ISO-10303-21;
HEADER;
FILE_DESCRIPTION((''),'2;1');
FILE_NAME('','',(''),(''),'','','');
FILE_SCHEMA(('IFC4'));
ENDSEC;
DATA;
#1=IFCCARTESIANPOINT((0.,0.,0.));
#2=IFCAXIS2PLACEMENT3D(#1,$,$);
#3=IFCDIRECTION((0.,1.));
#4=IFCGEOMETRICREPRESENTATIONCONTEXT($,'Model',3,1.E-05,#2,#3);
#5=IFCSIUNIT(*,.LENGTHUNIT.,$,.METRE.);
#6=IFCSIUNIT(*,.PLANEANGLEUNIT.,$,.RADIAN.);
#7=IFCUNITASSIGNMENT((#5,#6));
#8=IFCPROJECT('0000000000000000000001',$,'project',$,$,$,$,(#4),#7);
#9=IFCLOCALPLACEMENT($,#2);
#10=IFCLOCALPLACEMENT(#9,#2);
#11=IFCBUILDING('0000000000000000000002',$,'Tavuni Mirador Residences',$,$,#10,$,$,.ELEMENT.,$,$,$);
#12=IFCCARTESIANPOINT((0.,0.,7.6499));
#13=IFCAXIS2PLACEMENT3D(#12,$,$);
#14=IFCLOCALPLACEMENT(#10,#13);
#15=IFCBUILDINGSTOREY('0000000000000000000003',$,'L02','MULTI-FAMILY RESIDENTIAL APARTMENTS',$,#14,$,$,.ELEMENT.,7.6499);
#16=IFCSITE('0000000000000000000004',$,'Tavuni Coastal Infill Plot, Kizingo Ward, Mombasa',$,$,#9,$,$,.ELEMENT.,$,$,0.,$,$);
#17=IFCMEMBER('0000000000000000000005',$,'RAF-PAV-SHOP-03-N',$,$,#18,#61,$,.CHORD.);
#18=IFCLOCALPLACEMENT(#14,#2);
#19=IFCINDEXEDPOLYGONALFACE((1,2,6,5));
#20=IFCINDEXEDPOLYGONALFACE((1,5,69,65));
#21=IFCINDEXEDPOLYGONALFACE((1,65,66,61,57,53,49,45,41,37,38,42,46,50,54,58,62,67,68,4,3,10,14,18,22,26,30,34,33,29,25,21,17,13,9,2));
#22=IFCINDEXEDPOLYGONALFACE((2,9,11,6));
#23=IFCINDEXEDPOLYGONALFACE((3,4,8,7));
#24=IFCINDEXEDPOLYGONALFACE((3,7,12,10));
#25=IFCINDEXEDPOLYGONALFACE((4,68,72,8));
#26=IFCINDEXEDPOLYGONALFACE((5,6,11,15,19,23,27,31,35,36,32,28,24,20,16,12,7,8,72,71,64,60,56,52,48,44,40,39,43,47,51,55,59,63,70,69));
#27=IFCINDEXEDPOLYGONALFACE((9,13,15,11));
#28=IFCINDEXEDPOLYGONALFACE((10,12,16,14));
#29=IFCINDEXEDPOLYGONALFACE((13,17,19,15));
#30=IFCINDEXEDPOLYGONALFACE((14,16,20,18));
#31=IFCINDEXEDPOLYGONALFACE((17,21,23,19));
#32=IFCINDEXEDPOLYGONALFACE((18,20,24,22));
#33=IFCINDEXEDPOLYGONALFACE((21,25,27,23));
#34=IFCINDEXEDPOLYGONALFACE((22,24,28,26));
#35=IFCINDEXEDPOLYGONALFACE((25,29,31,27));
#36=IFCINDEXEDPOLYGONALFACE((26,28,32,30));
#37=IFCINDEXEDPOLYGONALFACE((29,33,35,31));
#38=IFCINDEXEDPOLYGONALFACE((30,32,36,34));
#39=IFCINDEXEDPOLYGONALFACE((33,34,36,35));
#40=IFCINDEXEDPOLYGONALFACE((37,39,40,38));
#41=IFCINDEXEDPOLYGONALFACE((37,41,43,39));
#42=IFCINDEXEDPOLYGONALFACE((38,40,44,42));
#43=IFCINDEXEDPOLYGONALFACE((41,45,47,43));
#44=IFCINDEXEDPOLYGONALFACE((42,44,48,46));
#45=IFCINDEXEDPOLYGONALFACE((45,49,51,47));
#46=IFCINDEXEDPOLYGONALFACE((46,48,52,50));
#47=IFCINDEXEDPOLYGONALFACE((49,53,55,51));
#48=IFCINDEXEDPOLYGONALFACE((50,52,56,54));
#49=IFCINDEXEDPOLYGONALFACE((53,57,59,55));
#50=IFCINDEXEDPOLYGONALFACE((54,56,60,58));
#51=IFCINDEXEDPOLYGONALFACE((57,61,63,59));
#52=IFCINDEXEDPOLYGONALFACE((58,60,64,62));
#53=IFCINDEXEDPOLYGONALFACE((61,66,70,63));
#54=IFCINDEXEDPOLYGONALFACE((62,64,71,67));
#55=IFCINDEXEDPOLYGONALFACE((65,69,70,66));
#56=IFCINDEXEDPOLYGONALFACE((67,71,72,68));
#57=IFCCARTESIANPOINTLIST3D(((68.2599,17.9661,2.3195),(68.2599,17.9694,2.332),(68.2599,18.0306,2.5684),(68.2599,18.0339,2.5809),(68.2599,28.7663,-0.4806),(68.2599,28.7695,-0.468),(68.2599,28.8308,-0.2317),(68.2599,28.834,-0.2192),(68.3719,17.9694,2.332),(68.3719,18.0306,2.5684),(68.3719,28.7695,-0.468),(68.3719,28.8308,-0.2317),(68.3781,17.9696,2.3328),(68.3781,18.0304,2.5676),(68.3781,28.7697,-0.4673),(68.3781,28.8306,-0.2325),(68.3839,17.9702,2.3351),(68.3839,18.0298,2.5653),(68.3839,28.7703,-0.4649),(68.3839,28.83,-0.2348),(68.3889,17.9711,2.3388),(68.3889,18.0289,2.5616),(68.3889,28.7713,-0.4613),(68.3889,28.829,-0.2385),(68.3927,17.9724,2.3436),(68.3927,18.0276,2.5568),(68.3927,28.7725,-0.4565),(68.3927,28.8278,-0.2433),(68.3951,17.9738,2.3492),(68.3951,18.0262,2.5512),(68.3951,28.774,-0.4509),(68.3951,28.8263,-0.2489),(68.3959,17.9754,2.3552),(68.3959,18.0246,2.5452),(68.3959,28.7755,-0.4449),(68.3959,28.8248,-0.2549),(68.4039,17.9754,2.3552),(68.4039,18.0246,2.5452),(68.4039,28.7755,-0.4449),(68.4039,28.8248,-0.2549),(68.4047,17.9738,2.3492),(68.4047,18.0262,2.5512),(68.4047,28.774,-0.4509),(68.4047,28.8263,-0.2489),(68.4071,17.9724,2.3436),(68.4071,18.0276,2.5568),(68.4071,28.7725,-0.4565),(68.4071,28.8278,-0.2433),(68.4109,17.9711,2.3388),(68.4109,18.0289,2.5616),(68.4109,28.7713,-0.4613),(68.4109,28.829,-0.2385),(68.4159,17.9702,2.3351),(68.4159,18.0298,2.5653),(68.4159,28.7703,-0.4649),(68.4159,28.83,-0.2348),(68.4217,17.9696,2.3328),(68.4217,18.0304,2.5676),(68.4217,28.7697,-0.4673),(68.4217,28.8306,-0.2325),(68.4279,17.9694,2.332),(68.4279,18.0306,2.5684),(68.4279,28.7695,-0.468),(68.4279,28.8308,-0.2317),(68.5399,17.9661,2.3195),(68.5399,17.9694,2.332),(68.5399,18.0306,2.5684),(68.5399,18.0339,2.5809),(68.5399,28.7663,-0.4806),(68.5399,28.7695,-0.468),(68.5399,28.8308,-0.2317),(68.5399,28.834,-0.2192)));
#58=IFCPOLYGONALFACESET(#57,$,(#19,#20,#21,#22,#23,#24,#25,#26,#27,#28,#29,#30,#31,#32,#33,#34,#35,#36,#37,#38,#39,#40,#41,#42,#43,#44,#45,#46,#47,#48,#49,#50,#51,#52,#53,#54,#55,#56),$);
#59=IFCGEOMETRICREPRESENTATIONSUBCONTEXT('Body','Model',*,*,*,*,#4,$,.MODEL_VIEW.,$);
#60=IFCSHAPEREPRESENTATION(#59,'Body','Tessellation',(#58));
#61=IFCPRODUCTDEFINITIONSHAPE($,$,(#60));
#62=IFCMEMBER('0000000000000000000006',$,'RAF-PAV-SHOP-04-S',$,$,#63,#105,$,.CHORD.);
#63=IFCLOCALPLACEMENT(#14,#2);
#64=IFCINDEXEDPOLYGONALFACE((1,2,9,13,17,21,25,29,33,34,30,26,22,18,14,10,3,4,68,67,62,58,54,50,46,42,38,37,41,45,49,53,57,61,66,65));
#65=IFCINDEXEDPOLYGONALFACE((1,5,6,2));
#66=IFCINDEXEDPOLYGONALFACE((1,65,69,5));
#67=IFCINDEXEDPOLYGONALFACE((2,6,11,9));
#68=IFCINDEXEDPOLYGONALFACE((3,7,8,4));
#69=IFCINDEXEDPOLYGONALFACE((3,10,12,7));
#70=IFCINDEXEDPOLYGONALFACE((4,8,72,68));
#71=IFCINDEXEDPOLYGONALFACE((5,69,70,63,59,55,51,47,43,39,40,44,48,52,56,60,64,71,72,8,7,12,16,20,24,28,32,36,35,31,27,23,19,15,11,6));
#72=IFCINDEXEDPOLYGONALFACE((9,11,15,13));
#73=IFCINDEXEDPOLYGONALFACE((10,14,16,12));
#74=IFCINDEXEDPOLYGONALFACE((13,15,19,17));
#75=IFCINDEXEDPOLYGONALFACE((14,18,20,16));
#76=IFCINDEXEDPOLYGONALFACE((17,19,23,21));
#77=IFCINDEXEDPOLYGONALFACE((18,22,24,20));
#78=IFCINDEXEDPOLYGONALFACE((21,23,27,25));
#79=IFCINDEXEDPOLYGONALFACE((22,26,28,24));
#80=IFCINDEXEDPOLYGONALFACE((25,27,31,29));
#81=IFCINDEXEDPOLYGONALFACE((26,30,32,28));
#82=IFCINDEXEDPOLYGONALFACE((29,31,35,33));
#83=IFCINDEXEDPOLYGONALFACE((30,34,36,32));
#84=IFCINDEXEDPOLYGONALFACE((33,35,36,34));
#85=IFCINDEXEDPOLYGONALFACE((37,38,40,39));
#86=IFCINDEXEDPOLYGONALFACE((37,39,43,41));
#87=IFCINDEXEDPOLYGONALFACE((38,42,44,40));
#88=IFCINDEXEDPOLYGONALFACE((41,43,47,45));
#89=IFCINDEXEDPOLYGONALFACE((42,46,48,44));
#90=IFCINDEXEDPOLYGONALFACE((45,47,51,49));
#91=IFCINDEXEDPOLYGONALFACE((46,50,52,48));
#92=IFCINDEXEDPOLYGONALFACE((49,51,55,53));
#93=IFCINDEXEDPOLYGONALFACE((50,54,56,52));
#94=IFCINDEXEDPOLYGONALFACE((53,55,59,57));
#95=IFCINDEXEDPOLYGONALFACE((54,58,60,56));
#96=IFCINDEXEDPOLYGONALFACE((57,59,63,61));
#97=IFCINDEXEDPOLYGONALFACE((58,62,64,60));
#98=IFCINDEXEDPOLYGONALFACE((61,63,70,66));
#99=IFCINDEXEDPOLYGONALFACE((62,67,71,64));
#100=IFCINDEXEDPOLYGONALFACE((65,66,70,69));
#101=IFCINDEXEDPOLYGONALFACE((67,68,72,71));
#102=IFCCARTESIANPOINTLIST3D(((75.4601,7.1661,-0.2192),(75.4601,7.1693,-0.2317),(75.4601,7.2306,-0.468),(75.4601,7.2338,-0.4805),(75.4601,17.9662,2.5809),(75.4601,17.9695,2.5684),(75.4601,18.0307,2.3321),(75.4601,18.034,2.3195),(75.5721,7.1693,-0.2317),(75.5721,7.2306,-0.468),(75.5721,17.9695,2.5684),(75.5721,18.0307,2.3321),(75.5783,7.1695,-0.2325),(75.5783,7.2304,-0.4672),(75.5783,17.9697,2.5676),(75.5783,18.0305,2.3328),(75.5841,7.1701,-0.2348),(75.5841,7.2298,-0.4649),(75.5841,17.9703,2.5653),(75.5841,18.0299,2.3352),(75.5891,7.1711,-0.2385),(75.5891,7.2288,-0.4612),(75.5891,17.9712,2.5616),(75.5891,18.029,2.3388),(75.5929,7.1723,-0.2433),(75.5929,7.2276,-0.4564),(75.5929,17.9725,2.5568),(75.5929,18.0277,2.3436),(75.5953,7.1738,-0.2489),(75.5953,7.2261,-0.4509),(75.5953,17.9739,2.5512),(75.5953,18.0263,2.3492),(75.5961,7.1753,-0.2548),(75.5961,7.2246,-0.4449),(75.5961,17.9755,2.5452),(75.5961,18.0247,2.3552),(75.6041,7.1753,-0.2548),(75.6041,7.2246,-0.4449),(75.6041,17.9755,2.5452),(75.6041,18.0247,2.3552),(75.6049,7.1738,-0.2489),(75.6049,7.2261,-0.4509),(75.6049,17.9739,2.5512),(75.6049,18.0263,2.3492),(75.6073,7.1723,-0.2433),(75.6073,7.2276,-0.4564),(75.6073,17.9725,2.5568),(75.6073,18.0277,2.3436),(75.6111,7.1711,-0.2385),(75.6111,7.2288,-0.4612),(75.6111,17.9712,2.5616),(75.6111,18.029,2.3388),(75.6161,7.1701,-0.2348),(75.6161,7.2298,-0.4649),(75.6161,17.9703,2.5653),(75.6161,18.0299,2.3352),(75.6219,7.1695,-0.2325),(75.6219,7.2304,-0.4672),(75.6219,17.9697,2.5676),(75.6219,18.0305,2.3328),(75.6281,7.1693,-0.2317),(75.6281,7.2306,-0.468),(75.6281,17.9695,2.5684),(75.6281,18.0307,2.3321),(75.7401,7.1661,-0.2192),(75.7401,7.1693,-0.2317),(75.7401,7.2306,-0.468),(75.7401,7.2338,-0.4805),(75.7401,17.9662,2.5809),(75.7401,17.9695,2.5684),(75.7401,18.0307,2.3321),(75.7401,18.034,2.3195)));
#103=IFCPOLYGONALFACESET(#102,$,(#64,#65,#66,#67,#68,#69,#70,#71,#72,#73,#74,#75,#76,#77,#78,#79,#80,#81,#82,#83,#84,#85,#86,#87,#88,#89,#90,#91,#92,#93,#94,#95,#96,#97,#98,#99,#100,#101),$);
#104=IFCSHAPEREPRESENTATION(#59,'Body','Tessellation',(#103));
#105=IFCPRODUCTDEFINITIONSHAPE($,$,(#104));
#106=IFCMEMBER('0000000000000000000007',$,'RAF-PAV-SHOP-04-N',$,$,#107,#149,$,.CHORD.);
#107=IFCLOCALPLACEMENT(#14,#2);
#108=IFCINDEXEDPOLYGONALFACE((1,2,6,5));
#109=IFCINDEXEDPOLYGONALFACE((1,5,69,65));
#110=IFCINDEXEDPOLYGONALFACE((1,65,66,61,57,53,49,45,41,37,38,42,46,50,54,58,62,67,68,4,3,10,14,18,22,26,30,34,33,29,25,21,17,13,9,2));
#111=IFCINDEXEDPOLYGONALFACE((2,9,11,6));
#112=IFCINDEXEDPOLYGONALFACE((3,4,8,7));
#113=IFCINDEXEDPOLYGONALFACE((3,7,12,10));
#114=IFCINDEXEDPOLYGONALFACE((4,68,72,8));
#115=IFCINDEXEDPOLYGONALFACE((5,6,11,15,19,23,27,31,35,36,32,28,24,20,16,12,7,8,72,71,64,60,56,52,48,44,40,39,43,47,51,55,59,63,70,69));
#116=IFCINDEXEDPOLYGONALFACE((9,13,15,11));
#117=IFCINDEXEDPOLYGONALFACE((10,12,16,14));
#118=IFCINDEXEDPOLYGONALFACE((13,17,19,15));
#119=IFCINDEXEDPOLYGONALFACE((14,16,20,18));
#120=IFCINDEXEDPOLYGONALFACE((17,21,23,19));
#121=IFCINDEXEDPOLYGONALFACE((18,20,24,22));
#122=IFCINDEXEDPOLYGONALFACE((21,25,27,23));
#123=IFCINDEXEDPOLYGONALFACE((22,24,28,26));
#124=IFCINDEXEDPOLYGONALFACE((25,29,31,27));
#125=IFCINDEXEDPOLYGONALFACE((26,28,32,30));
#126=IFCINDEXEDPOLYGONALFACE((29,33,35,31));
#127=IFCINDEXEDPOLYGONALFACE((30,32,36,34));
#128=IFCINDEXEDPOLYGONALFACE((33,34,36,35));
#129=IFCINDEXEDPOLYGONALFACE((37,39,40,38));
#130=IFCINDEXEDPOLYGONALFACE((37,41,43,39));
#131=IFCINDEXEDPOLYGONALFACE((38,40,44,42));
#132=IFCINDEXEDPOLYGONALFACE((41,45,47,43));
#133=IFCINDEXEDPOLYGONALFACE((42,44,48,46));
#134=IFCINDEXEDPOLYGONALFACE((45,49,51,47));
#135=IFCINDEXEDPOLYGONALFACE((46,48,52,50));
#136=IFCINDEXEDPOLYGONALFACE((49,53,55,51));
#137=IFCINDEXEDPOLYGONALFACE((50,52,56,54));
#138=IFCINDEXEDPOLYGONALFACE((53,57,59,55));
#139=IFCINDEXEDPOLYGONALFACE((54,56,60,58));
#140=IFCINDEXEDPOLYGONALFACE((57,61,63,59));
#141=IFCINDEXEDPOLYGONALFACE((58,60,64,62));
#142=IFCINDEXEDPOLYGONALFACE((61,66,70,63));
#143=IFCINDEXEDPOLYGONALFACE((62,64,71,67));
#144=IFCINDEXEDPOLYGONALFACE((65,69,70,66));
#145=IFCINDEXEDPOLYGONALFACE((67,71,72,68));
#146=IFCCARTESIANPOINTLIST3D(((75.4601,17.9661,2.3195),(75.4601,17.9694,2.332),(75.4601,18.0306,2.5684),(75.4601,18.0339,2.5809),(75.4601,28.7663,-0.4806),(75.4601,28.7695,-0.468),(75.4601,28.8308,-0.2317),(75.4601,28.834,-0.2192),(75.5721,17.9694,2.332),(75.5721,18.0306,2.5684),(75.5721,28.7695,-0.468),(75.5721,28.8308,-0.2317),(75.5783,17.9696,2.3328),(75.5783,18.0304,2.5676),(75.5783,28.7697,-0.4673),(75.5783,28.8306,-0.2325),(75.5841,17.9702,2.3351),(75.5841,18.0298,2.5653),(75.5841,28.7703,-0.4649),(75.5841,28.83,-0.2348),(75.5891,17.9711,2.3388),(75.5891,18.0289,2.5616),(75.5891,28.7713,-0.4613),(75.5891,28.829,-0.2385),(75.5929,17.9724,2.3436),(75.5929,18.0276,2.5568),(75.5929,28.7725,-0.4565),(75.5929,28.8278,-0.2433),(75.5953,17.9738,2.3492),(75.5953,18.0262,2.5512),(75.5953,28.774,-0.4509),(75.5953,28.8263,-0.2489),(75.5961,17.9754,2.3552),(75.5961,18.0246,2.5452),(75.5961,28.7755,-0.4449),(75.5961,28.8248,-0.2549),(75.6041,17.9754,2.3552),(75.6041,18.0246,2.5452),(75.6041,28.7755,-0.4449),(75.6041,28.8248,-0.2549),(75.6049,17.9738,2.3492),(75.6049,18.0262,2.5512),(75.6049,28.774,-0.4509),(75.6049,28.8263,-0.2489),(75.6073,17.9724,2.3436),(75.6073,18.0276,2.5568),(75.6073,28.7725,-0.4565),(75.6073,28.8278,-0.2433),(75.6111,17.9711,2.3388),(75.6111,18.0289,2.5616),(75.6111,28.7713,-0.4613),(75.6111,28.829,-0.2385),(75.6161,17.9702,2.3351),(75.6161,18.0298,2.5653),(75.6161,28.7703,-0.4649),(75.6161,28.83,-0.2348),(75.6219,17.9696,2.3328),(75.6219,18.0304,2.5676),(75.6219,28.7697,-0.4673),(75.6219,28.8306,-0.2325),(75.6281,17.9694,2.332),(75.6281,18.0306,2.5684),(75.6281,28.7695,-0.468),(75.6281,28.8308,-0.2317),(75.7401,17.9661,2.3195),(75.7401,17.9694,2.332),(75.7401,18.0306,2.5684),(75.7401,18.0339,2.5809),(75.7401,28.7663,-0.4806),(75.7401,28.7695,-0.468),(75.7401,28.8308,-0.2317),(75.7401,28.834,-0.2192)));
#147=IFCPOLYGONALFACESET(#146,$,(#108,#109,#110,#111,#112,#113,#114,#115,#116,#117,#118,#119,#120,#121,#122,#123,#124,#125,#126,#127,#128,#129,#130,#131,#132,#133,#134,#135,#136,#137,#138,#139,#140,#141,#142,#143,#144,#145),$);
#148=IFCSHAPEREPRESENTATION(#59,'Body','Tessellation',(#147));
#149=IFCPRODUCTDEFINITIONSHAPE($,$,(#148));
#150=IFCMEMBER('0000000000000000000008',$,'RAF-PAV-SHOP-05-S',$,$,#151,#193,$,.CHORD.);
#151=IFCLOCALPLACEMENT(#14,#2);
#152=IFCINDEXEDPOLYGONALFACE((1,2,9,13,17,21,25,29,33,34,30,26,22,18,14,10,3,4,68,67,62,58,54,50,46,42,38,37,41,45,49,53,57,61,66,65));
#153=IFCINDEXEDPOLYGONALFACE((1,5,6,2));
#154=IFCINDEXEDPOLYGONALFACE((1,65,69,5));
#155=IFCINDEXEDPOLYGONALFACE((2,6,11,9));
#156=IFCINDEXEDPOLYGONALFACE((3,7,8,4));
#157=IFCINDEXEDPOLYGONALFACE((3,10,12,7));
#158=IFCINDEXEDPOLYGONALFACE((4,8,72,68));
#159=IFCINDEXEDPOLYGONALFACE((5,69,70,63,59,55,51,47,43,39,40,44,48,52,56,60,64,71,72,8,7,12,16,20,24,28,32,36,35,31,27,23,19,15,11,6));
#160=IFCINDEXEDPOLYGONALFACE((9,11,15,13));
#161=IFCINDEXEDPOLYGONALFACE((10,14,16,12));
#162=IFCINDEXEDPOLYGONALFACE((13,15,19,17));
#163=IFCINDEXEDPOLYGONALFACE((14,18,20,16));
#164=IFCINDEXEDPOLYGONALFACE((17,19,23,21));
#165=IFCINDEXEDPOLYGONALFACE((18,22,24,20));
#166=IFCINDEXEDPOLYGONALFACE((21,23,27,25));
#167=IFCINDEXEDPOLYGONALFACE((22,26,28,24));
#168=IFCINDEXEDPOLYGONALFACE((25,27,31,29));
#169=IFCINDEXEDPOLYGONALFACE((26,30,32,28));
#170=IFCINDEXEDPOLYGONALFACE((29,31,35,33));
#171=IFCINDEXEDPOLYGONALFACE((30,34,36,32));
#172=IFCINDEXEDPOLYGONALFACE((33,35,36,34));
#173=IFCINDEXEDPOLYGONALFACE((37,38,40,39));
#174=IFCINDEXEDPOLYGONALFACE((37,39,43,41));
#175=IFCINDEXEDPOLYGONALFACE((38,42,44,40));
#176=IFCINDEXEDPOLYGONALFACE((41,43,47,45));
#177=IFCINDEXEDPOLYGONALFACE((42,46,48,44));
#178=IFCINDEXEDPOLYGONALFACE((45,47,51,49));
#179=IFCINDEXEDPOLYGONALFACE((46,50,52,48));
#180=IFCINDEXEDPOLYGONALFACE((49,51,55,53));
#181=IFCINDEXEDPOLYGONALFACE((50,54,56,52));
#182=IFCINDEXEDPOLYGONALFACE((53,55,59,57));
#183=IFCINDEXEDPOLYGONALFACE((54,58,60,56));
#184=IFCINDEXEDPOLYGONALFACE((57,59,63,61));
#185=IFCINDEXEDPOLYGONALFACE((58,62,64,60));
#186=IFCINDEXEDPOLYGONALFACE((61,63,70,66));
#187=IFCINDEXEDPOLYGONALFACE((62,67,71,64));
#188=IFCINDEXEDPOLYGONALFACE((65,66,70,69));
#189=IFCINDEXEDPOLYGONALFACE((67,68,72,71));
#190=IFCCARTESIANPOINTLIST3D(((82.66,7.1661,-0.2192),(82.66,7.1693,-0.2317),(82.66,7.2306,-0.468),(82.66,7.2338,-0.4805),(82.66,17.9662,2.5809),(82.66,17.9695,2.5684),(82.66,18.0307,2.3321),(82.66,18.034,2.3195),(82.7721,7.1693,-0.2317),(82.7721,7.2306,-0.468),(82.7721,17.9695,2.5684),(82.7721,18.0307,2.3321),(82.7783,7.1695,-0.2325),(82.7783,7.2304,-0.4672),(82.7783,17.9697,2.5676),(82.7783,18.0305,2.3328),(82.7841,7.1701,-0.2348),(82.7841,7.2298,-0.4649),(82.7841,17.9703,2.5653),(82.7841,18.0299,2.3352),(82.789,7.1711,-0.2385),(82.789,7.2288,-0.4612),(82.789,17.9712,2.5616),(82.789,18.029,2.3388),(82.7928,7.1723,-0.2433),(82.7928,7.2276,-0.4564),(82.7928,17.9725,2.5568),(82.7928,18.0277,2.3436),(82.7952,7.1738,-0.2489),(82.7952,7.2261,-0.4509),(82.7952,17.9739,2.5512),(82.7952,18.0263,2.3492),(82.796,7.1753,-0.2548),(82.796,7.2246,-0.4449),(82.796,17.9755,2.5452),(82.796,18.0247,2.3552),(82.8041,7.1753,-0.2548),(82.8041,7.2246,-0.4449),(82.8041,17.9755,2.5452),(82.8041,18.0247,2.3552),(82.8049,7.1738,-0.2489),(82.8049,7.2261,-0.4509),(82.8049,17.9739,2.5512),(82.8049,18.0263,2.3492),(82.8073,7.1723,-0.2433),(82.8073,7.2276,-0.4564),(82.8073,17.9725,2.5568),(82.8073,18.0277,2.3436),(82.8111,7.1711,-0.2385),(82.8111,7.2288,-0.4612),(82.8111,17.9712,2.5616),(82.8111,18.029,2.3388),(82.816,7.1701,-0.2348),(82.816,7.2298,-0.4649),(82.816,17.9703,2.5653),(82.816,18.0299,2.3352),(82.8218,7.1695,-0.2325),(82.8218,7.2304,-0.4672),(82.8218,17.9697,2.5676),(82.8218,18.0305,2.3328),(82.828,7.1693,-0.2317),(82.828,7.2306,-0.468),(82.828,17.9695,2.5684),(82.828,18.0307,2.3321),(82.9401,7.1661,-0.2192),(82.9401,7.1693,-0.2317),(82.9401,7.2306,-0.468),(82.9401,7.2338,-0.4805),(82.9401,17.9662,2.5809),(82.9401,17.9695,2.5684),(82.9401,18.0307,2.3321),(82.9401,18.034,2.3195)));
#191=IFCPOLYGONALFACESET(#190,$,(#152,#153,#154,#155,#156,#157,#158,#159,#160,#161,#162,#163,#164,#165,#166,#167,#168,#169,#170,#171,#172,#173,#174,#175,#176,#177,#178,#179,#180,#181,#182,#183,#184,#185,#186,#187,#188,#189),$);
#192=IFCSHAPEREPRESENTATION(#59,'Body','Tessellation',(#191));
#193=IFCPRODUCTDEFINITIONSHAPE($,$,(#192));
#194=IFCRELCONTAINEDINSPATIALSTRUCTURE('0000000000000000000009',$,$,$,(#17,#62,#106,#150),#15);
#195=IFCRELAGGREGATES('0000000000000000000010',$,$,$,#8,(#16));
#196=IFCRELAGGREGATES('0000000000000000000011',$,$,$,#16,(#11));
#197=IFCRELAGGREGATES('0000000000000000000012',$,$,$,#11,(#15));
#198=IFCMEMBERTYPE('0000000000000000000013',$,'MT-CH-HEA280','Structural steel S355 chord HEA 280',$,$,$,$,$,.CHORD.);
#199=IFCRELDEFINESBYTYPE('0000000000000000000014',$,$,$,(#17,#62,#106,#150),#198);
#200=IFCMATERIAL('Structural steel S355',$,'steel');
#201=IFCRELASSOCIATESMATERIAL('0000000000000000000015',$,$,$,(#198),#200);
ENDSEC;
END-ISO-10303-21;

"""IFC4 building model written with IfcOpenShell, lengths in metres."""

from ifc_helpers import new_model, si_unit, direction, frame, origin, origin_2d, place, context, subcontext, project, spatial, i_section, extrude, material, material_profile, profile_set, type_object, element, save


model = new_model("IFC4")

# Units and contexts
model_context = context("Model", 3, precision=1e-05, world=origin(), true_north=direction((0.0, 1.0)))
body_context = subcontext(model_context, "Body", "Model", "MODEL_VIEW")
ifc_project = project(units=[si_unit("LENGTHUNIT", "METRE"), si_unit("PLANEANGLEUNIT", "RADIAN")], contexts=[model_context])

# Site, building, storey
site_placement = place(None, origin())
site = spatial("IfcSite", under=ifc_project, at=site_placement, Name="Tavuni Coastal Infill Plot, Kizingo Ward, Mombasa", CompositionType="ELEMENT", RefElevation=0.0)
building_placement = place(site_placement, origin())
building = spatial("IfcBuilding", under=site, at=building_placement, Name="Tavuni Mirador Residences", CompositionType="ELEMENT")
storey_placement = place(building_placement, frame((0.0, 0.0, 7.6499)))
storey = spatial("IfcBuildingStorey", under=building, at=storey_placement, Name="L02", Description="MULTI-FAMILY RESIDENTIAL APARTMENTS", CompositionType="ELEMENT", Elevation=7.6499)

# Members
ifc_material_1 = material(Name="Structural steel S355", Category="steel")
ifc_material_profile_1 = material_profile(ifc_material_1, i_section(OverallWidth=0.28, OverallDepth=0.27, WebThickness=0.0081, FlangeThickness=0.0129, FilletRadius=0.0239, at=origin_2d()), Name="HEA 280", Category="steel")
ifc_profile_set_1 = profile_set([ifc_material_profile_1], Name="Structural steel S355")
member_type_1 = type_object("IfcMemberType", Name="MT-CH-HEA280", Description="Structural steel S355 chord HEA 280", PredefinedType="CHORD", material=ifc_profile_set_1)
for number, where, z_axis, x_axis, name in (
    (1, (68.3999, 18.0, 2.4502), (0.0, 0.967996, -0.250965), (-1.0, 0.0, 0.0), "RAF-PAV-SHOP-03-N"),
    (2, (75.6001, 7.2, -0.3499), (0.0, 0.967996, 0.250965), (-1.0, 0.0, 0.0), "RAF-PAV-SHOP-04-S"),
    (3, (75.6001, 18.0, 2.4502), (0.0, 0.967996, -0.250965), (-1.0, 0.0, 0.0), "RAF-PAV-SHOP-04-N"),
    (4, (82.8, 7.2, -0.3499), (0.0, 0.967996, 0.250965), (-1.0, 0.0, 0.0), "RAF-PAV-SHOP-05-S"),
):
    element("IfcMember", number, at=place(storey_placement, frame(where, z_axis=z_axis, x_axis=x_axis)), inside=storey, type_object=member_type_1, Name=name, PredefinedType="CHORD", context=body_context, shape_type="SweptSolid", body=[
        extrude(i_section(OverallWidth=0.28, OverallDepth=0.27, WebThickness=0.0081, FlangeThickness=0.0129, FilletRadius=0.0239, at=origin_2d()), origin(), (0.0, 0.0, 1.0), 11.1572),
    ])

save(model, "model.ifc")
